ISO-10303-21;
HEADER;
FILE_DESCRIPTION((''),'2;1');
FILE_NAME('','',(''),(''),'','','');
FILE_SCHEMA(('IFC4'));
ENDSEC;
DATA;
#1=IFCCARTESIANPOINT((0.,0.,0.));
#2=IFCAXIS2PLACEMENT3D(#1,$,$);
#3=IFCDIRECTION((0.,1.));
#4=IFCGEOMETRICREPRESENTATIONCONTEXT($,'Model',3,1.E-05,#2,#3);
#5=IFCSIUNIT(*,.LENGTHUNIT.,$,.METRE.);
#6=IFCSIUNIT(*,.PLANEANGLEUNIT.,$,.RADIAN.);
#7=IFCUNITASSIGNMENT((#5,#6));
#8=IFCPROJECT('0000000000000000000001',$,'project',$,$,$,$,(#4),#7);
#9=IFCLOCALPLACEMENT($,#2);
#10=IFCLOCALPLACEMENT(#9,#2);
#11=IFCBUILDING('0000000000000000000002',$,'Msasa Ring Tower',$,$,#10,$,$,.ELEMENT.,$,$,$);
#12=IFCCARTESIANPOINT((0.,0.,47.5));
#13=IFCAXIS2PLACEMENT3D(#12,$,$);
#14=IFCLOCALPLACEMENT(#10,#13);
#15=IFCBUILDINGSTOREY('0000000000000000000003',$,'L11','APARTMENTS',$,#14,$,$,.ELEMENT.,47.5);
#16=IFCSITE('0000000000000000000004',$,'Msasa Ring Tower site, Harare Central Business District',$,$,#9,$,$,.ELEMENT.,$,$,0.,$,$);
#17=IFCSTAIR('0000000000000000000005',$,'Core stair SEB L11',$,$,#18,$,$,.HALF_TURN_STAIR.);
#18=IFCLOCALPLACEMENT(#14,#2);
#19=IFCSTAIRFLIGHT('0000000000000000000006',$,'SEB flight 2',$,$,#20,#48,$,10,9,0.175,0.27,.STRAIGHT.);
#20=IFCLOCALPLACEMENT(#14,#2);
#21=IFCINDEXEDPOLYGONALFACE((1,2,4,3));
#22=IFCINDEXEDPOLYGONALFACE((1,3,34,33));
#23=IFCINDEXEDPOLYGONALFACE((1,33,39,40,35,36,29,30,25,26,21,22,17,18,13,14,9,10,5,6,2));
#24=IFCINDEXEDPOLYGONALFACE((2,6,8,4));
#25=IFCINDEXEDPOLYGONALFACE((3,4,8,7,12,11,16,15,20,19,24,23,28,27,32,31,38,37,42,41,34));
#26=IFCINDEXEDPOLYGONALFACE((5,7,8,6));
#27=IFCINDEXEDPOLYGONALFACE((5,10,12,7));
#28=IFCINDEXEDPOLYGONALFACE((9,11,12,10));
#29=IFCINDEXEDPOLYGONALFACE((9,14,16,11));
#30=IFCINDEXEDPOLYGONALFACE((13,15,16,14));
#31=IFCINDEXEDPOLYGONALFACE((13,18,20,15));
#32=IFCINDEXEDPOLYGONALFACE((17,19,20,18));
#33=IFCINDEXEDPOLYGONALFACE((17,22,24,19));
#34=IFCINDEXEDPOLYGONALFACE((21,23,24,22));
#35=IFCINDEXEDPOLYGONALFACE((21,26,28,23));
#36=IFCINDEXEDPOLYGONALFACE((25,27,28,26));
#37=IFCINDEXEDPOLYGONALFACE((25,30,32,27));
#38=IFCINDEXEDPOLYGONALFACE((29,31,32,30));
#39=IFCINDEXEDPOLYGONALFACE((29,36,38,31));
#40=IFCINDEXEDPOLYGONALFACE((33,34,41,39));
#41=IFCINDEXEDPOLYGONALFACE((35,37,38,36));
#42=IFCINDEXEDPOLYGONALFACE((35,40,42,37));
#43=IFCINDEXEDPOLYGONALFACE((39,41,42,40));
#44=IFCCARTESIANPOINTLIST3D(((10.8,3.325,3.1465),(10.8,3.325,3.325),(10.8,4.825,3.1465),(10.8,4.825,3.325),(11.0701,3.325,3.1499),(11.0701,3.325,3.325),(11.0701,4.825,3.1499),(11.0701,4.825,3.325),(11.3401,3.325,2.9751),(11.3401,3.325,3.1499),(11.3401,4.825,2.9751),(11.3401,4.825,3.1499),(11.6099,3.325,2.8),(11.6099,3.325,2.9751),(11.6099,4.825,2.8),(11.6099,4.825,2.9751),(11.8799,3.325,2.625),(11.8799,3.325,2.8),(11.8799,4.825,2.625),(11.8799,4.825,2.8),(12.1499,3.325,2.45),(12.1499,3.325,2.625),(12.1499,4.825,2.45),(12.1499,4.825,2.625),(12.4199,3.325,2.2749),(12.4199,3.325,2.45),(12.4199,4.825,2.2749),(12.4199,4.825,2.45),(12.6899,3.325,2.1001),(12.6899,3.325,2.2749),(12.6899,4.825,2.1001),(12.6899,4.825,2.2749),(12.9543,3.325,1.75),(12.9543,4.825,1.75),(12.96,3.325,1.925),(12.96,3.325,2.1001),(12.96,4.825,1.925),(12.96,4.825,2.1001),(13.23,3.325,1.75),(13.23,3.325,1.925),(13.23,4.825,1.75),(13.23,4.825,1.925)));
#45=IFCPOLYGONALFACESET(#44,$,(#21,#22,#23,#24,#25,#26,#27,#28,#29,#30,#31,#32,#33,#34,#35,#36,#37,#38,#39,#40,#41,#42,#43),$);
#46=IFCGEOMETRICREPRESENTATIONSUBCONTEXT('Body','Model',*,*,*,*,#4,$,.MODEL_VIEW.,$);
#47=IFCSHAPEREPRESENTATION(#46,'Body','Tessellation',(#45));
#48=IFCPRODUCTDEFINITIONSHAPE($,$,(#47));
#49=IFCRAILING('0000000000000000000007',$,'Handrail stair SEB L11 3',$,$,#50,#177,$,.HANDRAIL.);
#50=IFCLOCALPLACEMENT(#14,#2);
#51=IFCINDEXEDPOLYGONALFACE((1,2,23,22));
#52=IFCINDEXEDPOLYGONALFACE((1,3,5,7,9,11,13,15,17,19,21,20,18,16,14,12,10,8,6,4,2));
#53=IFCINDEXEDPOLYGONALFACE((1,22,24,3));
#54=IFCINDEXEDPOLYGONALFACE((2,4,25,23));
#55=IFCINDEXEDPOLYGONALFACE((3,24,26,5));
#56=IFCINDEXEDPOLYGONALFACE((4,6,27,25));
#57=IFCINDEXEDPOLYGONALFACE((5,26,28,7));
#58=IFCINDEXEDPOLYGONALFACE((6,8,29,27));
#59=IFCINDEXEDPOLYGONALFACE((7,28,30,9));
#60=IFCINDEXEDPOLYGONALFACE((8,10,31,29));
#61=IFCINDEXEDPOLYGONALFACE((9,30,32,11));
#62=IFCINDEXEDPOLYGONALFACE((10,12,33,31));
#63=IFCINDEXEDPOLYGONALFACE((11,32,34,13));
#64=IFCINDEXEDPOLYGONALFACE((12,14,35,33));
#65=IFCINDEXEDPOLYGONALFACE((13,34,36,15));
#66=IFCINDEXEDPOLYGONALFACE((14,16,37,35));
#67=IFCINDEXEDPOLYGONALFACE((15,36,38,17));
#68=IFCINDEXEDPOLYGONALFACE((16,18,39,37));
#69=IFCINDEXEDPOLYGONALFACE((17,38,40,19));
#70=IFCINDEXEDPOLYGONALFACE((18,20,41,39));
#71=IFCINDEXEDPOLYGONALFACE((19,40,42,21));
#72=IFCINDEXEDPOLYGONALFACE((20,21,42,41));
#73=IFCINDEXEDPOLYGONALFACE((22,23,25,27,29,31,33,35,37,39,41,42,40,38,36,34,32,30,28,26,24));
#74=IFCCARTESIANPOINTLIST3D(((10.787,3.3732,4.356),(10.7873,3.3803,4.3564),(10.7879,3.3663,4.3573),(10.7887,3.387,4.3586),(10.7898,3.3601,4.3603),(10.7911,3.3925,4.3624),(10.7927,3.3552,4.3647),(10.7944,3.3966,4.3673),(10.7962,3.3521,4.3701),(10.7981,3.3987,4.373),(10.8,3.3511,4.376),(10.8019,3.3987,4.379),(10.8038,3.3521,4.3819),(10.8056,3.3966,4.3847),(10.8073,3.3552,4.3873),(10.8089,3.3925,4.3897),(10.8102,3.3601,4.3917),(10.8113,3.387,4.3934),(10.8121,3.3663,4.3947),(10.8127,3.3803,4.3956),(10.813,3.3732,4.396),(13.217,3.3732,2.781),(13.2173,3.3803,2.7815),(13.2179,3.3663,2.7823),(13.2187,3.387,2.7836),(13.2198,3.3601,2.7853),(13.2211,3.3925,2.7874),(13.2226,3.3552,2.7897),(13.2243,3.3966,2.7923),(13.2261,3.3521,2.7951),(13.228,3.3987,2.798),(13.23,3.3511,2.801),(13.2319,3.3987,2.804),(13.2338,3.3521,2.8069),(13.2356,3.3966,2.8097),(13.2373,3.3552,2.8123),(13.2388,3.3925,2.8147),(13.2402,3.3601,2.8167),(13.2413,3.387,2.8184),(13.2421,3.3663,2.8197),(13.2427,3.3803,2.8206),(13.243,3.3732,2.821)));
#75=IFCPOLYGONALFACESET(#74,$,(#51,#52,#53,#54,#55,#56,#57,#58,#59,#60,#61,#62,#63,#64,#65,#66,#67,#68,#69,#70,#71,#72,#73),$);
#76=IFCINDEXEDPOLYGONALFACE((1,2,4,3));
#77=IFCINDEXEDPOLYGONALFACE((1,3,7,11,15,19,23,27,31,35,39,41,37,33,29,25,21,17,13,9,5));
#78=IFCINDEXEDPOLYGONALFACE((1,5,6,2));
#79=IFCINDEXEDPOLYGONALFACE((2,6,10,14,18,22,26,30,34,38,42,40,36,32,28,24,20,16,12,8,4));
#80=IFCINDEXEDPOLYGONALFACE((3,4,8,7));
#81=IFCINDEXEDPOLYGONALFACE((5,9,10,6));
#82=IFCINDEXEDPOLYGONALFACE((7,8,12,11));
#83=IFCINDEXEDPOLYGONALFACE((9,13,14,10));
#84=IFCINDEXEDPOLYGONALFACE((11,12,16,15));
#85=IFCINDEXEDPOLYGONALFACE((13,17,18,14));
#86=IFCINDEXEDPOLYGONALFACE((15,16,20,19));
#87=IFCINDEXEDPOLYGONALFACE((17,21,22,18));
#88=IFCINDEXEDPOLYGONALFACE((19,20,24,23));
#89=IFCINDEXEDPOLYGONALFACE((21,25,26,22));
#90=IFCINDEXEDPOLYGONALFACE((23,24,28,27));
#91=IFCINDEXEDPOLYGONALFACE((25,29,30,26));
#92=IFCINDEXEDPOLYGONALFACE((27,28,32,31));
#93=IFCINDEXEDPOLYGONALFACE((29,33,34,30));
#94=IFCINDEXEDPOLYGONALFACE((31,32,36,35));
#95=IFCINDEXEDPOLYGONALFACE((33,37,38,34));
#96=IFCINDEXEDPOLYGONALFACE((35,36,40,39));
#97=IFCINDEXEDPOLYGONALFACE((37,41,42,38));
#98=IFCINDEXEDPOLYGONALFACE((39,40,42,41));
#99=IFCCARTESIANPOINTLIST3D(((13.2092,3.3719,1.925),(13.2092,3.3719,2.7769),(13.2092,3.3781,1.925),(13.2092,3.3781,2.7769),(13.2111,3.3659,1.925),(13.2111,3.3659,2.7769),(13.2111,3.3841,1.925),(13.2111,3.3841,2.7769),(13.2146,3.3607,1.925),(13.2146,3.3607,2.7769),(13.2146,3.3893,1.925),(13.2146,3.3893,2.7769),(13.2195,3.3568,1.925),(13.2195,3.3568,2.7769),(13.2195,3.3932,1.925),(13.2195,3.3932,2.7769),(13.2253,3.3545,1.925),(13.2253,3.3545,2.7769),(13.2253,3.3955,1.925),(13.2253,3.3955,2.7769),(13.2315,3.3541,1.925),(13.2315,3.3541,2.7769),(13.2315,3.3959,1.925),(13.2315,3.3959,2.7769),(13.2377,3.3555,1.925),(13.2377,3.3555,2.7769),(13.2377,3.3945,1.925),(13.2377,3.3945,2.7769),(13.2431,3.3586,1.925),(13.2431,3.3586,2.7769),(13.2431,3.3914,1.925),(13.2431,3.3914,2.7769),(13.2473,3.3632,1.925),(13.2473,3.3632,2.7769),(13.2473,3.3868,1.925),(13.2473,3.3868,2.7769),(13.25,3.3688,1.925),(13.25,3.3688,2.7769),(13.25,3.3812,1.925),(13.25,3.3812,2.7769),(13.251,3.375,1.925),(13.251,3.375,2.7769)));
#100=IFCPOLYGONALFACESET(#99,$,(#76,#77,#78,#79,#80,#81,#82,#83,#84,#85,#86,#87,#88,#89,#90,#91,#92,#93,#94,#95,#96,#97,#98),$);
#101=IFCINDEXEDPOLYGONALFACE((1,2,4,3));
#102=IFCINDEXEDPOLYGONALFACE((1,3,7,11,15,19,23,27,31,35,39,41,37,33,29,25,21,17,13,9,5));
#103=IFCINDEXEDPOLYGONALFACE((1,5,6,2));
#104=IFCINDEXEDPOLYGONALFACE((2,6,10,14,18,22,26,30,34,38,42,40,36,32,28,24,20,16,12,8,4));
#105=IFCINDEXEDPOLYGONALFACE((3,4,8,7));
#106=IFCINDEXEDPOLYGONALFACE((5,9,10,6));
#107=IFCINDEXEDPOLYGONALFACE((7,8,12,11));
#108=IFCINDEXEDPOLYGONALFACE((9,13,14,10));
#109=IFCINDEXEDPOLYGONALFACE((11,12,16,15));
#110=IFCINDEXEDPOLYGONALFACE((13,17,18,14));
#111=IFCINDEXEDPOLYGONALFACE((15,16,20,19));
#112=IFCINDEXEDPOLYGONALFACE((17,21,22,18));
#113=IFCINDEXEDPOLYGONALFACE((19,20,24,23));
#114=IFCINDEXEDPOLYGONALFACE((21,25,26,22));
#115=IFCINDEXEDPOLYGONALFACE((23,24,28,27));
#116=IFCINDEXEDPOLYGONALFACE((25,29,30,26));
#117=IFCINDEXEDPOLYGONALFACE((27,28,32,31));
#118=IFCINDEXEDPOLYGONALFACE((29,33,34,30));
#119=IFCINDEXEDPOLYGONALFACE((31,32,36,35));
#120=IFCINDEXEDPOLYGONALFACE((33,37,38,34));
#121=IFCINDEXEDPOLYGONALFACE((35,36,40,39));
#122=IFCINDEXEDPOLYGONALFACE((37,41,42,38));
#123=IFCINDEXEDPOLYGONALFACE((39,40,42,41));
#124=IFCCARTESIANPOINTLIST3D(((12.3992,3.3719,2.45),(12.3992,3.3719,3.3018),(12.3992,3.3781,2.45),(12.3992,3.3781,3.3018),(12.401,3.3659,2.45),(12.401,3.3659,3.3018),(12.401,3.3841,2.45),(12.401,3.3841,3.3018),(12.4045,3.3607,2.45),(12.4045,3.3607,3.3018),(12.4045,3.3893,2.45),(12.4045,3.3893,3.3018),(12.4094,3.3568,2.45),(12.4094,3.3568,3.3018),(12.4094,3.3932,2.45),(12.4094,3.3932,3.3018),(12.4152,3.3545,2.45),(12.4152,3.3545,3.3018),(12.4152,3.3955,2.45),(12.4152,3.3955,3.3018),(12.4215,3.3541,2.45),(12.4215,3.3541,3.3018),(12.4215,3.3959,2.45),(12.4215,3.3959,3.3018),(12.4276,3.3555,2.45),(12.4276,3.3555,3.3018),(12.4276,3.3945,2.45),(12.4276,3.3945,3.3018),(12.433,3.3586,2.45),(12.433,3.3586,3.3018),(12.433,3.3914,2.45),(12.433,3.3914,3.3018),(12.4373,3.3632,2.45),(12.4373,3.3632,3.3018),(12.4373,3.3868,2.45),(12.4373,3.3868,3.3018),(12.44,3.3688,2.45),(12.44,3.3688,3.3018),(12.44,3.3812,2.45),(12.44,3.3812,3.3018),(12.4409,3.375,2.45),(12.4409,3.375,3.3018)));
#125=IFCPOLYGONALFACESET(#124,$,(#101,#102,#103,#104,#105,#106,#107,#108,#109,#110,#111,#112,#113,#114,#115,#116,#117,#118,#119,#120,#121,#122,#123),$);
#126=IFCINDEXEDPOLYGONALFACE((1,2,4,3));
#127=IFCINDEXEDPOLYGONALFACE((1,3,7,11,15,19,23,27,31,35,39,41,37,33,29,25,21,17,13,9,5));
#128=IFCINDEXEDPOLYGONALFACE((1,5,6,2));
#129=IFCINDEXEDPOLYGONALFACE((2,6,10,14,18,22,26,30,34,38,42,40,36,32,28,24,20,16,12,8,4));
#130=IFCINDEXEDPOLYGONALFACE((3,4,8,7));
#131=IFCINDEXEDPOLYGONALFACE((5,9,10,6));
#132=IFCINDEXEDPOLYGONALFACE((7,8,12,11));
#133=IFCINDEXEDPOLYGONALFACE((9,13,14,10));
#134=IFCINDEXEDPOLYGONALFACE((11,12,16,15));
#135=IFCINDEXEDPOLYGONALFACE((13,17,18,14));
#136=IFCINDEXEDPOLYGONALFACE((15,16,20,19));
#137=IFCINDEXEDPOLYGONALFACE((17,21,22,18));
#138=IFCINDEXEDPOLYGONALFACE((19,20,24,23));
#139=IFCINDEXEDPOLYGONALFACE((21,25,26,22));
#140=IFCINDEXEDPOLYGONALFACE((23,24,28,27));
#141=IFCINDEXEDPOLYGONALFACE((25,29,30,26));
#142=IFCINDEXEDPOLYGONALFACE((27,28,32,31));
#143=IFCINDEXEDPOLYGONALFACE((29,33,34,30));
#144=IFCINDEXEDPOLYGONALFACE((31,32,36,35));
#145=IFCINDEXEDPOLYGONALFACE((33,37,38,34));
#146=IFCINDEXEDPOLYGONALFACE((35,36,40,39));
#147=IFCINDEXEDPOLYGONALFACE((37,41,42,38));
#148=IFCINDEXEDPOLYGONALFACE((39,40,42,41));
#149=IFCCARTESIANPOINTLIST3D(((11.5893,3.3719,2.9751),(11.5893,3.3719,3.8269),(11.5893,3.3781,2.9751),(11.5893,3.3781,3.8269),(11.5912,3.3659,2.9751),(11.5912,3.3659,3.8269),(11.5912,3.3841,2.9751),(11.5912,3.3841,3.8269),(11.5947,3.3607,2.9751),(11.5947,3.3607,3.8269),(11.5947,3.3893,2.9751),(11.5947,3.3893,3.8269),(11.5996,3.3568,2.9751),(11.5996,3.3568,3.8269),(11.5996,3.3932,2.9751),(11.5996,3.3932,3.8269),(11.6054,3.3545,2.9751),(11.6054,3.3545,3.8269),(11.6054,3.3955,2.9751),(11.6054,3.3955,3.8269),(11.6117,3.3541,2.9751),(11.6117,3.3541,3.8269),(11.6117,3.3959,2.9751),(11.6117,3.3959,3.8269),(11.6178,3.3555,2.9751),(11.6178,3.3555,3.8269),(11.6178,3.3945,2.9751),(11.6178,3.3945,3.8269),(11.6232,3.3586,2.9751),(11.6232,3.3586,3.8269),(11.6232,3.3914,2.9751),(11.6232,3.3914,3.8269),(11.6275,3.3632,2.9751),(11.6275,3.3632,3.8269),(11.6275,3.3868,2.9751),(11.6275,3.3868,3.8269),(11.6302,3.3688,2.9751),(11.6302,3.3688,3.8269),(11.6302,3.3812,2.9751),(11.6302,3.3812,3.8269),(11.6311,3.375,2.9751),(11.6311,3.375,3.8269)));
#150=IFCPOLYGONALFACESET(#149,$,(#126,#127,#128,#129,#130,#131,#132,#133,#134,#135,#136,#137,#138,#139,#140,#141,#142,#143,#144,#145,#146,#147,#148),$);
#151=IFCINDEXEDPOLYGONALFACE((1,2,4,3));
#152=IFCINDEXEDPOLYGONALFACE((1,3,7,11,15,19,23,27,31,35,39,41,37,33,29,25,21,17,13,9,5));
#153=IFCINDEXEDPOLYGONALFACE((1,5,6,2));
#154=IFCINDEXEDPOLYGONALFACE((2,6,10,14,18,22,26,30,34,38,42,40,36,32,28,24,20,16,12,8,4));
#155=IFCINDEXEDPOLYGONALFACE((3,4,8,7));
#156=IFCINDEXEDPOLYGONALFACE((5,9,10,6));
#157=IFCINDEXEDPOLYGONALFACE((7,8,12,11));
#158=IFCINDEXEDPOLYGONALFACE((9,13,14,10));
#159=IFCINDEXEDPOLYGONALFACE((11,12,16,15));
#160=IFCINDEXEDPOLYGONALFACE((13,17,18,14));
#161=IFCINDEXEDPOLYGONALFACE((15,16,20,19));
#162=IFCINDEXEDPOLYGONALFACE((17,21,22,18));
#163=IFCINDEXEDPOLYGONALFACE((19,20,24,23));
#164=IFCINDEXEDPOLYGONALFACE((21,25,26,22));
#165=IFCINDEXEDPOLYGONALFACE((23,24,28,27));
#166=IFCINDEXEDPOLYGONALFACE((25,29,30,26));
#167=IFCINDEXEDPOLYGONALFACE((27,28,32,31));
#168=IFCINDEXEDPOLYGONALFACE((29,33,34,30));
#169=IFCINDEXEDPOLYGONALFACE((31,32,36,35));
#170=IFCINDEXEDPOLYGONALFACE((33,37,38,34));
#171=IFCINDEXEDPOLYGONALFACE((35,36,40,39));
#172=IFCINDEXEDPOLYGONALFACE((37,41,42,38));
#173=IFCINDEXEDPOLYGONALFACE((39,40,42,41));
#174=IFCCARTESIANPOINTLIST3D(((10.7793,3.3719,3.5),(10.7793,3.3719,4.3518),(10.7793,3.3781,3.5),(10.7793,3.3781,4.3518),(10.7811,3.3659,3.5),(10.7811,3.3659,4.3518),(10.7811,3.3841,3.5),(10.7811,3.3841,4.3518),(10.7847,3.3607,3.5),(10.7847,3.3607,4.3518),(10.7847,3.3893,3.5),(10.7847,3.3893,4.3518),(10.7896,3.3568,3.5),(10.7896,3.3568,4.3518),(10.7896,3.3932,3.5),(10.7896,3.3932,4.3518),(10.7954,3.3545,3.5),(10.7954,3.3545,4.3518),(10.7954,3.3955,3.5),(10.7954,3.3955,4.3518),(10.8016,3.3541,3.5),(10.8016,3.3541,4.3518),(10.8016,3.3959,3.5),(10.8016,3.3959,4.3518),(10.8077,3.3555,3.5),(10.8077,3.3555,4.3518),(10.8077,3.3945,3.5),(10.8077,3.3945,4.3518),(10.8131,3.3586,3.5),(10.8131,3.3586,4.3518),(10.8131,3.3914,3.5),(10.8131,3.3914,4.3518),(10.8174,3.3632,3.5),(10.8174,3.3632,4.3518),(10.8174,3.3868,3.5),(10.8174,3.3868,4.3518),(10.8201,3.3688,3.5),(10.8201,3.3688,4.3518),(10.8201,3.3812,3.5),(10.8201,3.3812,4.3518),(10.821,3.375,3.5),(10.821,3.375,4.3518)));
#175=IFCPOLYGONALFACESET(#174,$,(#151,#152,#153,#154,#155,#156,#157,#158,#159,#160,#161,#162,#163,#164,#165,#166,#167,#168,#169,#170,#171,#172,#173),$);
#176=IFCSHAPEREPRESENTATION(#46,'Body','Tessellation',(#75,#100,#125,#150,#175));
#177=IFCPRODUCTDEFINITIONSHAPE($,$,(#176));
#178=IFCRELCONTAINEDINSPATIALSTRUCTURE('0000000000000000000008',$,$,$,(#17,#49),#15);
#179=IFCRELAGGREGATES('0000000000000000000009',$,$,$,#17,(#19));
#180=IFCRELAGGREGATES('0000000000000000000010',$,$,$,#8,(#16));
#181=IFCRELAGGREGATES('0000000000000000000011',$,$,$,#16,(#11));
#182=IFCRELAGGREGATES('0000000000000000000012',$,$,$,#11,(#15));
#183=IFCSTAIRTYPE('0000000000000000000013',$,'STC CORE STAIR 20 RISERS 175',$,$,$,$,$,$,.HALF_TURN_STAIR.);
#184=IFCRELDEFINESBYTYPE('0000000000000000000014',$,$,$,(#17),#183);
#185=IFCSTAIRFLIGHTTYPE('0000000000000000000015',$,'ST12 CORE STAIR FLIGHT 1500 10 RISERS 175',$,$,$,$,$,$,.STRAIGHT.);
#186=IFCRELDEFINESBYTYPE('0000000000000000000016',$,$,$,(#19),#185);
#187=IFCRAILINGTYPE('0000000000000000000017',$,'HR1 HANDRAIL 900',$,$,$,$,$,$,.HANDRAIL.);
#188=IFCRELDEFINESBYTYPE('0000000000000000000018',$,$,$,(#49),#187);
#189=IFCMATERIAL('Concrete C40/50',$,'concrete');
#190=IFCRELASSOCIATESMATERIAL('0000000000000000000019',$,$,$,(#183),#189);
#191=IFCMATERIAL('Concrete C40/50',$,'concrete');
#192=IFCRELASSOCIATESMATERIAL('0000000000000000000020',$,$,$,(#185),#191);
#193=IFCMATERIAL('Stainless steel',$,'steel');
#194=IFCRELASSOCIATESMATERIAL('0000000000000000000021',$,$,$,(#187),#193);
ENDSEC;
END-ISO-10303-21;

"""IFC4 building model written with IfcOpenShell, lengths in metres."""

from ifc_helpers import new_model, si_unit, direction, frame, origin, origin_2d, place, context, subcontext, project, spatial, polyline, circle, outline, extrude, material, type_object, element, aggregate, save


model = new_model("IFC4")

# Units and contexts
model_context = context("Model", 3, precision=1e-05, world=origin(), true_north=direction((0.0, 1.0)))
body_context = subcontext(model_context, "Body", "Model", "MODEL_VIEW")
ifc_project = project(units=[si_unit("LENGTHUNIT", "METRE"), si_unit("PLANEANGLEUNIT", "RADIAN")], contexts=[model_context])

# Site, building, storey
site_placement = place(None, origin())
site = spatial("IfcSite", under=ifc_project, at=site_placement, Name="Msasa Ring Tower site, Harare Central Business District", CompositionType="ELEMENT", RefElevation=0.0)
building_placement = place(site_placement, origin())
building = spatial("IfcBuilding", under=site, at=building_placement, Name="Msasa Ring Tower", CompositionType="ELEMENT")
storey_placement = place(building_placement, frame((0.0, 0.0, 47.5)))
storey = spatial("IfcBuildingStorey", under=building, at=storey_placement, Name="L11", Description="APARTMENTS", CompositionType="ELEMENT", Elevation=47.5)

# Stair, stair flight
ifc_material_1 = material(Name="Concrete C40/50", Category="concrete")
stair_type = type_object("IfcStairType", Name="STC CORE STAIR 20 RISERS 175", PredefinedType="HALF_TURN_STAIR", material=ifc_material_1)
stair_placement = place(storey_placement, origin())
stair = element("IfcStair", 1, at=stair_placement, inside=storey, type_object=stair_type, Name="Core stair SEB L11", PredefinedType="HALF_TURN_STAIR")
ifc_material_2 = material(Name="Concrete C40/50", Category="concrete")
stair_flight_type = type_object("IfcStairFlightType", Name="ST12 CORE STAIR FLIGHT 1500 10 RISERS 175", PredefinedType="STRAIGHT", material=ifc_material_2)
stair_flight_placement = place(storey_placement, frame((13.23, 4.075, 1.75), z_axis=(0.0, 0.0, 1.0), x_axis=(-1.0, 0.0, 0.0)))
stair_flight = element("IfcStairFlight", 2, at=stair_flight_placement, type_object=stair_flight_type, Name="SEB flight 2", NumberOfRisers=10, NumberOfTreads=9, PredefinedType="STRAIGHT", RiserHeight=0.175, TreadLength=0.27, context=body_context, shape_type="SweptSolid", body=[
    extrude(outline(polyline([(0.0, 0.0), (0.0, 0.175), (0.27, 0.175), (0.27, 0.3501), (0.54, 0.3501), (0.54, 0.5249), (0.8101, 0.5249), (0.8101, 0.7), (1.0801, 0.7), (1.0801, 0.875), (1.3501, 0.875), (1.3501, 1.05), (1.6201, 1.05), (1.6201, 1.2251), (1.8899, 1.2251), (1.8899, 1.3999), (2.1599, 1.3999), (2.1599, 1.575), (2.4299, 1.575), (2.4299, 1.75), (2.4299, 1.3965), (0.2756, 0.0), (0.0, 0.0)])), frame((0.0, 0.75, 0.0), z_axis=(0.0, -1.0, 0.0), x_axis=(1.0, 0.0, 0.0)), (0.0, 0.0, 1.0), 1.5),
])
aggregate(stair, [stair_flight])

# Railing
ifc_material_3 = material(Name="Stainless steel", Category="steel")
railing_type = type_object("IfcRailingType", Name="HR1 HANDRAIL 900", PredefinedType="HANDRAIL", material=ifc_material_3)
for number, where, name in (
    (3, (13.23, 3.375, 1.925), "Handrail stair SEB L11 3"),
):
    element("IfcRailing", number, at=place(storey_placement, frame(where)), inside=storey, type_object=railing_type, Name=name, PredefinedType="HANDRAIL", context=body_context, shape_type="SweptSolid", body=[
        extrude(circle(Radius=0.0239, at=origin_2d()), frame((0.0, 0.0, 0.876), z_axis=(-0.839154, 0.0, 0.543894), x_axis=(0.0, -1.0, 0.0)), (0.0, 0.0, 1.0), 2.8958),
        extrude(circle(Radius=0.021, at=origin_2d()), origin(), (0.0, 0.0, 1.0), 0.8518),
        extrude(circle(Radius=0.021, at=origin_2d()), frame((-0.8101, 0.0, 0.5249)), (0.0, 0.0, 1.0), 0.8518),
        extrude(circle(Radius=0.021, at=origin_2d()), frame((-1.6199, 0.0, 1.05)), (0.0, 0.0, 1.0), 0.8518),
        extrude(circle(Radius=0.021, at=origin_2d()), frame((-2.4299, 0.0, 1.575)), (0.0, 0.0, 1.0), 0.8518),
    ])

save(model, "model.ifc")
